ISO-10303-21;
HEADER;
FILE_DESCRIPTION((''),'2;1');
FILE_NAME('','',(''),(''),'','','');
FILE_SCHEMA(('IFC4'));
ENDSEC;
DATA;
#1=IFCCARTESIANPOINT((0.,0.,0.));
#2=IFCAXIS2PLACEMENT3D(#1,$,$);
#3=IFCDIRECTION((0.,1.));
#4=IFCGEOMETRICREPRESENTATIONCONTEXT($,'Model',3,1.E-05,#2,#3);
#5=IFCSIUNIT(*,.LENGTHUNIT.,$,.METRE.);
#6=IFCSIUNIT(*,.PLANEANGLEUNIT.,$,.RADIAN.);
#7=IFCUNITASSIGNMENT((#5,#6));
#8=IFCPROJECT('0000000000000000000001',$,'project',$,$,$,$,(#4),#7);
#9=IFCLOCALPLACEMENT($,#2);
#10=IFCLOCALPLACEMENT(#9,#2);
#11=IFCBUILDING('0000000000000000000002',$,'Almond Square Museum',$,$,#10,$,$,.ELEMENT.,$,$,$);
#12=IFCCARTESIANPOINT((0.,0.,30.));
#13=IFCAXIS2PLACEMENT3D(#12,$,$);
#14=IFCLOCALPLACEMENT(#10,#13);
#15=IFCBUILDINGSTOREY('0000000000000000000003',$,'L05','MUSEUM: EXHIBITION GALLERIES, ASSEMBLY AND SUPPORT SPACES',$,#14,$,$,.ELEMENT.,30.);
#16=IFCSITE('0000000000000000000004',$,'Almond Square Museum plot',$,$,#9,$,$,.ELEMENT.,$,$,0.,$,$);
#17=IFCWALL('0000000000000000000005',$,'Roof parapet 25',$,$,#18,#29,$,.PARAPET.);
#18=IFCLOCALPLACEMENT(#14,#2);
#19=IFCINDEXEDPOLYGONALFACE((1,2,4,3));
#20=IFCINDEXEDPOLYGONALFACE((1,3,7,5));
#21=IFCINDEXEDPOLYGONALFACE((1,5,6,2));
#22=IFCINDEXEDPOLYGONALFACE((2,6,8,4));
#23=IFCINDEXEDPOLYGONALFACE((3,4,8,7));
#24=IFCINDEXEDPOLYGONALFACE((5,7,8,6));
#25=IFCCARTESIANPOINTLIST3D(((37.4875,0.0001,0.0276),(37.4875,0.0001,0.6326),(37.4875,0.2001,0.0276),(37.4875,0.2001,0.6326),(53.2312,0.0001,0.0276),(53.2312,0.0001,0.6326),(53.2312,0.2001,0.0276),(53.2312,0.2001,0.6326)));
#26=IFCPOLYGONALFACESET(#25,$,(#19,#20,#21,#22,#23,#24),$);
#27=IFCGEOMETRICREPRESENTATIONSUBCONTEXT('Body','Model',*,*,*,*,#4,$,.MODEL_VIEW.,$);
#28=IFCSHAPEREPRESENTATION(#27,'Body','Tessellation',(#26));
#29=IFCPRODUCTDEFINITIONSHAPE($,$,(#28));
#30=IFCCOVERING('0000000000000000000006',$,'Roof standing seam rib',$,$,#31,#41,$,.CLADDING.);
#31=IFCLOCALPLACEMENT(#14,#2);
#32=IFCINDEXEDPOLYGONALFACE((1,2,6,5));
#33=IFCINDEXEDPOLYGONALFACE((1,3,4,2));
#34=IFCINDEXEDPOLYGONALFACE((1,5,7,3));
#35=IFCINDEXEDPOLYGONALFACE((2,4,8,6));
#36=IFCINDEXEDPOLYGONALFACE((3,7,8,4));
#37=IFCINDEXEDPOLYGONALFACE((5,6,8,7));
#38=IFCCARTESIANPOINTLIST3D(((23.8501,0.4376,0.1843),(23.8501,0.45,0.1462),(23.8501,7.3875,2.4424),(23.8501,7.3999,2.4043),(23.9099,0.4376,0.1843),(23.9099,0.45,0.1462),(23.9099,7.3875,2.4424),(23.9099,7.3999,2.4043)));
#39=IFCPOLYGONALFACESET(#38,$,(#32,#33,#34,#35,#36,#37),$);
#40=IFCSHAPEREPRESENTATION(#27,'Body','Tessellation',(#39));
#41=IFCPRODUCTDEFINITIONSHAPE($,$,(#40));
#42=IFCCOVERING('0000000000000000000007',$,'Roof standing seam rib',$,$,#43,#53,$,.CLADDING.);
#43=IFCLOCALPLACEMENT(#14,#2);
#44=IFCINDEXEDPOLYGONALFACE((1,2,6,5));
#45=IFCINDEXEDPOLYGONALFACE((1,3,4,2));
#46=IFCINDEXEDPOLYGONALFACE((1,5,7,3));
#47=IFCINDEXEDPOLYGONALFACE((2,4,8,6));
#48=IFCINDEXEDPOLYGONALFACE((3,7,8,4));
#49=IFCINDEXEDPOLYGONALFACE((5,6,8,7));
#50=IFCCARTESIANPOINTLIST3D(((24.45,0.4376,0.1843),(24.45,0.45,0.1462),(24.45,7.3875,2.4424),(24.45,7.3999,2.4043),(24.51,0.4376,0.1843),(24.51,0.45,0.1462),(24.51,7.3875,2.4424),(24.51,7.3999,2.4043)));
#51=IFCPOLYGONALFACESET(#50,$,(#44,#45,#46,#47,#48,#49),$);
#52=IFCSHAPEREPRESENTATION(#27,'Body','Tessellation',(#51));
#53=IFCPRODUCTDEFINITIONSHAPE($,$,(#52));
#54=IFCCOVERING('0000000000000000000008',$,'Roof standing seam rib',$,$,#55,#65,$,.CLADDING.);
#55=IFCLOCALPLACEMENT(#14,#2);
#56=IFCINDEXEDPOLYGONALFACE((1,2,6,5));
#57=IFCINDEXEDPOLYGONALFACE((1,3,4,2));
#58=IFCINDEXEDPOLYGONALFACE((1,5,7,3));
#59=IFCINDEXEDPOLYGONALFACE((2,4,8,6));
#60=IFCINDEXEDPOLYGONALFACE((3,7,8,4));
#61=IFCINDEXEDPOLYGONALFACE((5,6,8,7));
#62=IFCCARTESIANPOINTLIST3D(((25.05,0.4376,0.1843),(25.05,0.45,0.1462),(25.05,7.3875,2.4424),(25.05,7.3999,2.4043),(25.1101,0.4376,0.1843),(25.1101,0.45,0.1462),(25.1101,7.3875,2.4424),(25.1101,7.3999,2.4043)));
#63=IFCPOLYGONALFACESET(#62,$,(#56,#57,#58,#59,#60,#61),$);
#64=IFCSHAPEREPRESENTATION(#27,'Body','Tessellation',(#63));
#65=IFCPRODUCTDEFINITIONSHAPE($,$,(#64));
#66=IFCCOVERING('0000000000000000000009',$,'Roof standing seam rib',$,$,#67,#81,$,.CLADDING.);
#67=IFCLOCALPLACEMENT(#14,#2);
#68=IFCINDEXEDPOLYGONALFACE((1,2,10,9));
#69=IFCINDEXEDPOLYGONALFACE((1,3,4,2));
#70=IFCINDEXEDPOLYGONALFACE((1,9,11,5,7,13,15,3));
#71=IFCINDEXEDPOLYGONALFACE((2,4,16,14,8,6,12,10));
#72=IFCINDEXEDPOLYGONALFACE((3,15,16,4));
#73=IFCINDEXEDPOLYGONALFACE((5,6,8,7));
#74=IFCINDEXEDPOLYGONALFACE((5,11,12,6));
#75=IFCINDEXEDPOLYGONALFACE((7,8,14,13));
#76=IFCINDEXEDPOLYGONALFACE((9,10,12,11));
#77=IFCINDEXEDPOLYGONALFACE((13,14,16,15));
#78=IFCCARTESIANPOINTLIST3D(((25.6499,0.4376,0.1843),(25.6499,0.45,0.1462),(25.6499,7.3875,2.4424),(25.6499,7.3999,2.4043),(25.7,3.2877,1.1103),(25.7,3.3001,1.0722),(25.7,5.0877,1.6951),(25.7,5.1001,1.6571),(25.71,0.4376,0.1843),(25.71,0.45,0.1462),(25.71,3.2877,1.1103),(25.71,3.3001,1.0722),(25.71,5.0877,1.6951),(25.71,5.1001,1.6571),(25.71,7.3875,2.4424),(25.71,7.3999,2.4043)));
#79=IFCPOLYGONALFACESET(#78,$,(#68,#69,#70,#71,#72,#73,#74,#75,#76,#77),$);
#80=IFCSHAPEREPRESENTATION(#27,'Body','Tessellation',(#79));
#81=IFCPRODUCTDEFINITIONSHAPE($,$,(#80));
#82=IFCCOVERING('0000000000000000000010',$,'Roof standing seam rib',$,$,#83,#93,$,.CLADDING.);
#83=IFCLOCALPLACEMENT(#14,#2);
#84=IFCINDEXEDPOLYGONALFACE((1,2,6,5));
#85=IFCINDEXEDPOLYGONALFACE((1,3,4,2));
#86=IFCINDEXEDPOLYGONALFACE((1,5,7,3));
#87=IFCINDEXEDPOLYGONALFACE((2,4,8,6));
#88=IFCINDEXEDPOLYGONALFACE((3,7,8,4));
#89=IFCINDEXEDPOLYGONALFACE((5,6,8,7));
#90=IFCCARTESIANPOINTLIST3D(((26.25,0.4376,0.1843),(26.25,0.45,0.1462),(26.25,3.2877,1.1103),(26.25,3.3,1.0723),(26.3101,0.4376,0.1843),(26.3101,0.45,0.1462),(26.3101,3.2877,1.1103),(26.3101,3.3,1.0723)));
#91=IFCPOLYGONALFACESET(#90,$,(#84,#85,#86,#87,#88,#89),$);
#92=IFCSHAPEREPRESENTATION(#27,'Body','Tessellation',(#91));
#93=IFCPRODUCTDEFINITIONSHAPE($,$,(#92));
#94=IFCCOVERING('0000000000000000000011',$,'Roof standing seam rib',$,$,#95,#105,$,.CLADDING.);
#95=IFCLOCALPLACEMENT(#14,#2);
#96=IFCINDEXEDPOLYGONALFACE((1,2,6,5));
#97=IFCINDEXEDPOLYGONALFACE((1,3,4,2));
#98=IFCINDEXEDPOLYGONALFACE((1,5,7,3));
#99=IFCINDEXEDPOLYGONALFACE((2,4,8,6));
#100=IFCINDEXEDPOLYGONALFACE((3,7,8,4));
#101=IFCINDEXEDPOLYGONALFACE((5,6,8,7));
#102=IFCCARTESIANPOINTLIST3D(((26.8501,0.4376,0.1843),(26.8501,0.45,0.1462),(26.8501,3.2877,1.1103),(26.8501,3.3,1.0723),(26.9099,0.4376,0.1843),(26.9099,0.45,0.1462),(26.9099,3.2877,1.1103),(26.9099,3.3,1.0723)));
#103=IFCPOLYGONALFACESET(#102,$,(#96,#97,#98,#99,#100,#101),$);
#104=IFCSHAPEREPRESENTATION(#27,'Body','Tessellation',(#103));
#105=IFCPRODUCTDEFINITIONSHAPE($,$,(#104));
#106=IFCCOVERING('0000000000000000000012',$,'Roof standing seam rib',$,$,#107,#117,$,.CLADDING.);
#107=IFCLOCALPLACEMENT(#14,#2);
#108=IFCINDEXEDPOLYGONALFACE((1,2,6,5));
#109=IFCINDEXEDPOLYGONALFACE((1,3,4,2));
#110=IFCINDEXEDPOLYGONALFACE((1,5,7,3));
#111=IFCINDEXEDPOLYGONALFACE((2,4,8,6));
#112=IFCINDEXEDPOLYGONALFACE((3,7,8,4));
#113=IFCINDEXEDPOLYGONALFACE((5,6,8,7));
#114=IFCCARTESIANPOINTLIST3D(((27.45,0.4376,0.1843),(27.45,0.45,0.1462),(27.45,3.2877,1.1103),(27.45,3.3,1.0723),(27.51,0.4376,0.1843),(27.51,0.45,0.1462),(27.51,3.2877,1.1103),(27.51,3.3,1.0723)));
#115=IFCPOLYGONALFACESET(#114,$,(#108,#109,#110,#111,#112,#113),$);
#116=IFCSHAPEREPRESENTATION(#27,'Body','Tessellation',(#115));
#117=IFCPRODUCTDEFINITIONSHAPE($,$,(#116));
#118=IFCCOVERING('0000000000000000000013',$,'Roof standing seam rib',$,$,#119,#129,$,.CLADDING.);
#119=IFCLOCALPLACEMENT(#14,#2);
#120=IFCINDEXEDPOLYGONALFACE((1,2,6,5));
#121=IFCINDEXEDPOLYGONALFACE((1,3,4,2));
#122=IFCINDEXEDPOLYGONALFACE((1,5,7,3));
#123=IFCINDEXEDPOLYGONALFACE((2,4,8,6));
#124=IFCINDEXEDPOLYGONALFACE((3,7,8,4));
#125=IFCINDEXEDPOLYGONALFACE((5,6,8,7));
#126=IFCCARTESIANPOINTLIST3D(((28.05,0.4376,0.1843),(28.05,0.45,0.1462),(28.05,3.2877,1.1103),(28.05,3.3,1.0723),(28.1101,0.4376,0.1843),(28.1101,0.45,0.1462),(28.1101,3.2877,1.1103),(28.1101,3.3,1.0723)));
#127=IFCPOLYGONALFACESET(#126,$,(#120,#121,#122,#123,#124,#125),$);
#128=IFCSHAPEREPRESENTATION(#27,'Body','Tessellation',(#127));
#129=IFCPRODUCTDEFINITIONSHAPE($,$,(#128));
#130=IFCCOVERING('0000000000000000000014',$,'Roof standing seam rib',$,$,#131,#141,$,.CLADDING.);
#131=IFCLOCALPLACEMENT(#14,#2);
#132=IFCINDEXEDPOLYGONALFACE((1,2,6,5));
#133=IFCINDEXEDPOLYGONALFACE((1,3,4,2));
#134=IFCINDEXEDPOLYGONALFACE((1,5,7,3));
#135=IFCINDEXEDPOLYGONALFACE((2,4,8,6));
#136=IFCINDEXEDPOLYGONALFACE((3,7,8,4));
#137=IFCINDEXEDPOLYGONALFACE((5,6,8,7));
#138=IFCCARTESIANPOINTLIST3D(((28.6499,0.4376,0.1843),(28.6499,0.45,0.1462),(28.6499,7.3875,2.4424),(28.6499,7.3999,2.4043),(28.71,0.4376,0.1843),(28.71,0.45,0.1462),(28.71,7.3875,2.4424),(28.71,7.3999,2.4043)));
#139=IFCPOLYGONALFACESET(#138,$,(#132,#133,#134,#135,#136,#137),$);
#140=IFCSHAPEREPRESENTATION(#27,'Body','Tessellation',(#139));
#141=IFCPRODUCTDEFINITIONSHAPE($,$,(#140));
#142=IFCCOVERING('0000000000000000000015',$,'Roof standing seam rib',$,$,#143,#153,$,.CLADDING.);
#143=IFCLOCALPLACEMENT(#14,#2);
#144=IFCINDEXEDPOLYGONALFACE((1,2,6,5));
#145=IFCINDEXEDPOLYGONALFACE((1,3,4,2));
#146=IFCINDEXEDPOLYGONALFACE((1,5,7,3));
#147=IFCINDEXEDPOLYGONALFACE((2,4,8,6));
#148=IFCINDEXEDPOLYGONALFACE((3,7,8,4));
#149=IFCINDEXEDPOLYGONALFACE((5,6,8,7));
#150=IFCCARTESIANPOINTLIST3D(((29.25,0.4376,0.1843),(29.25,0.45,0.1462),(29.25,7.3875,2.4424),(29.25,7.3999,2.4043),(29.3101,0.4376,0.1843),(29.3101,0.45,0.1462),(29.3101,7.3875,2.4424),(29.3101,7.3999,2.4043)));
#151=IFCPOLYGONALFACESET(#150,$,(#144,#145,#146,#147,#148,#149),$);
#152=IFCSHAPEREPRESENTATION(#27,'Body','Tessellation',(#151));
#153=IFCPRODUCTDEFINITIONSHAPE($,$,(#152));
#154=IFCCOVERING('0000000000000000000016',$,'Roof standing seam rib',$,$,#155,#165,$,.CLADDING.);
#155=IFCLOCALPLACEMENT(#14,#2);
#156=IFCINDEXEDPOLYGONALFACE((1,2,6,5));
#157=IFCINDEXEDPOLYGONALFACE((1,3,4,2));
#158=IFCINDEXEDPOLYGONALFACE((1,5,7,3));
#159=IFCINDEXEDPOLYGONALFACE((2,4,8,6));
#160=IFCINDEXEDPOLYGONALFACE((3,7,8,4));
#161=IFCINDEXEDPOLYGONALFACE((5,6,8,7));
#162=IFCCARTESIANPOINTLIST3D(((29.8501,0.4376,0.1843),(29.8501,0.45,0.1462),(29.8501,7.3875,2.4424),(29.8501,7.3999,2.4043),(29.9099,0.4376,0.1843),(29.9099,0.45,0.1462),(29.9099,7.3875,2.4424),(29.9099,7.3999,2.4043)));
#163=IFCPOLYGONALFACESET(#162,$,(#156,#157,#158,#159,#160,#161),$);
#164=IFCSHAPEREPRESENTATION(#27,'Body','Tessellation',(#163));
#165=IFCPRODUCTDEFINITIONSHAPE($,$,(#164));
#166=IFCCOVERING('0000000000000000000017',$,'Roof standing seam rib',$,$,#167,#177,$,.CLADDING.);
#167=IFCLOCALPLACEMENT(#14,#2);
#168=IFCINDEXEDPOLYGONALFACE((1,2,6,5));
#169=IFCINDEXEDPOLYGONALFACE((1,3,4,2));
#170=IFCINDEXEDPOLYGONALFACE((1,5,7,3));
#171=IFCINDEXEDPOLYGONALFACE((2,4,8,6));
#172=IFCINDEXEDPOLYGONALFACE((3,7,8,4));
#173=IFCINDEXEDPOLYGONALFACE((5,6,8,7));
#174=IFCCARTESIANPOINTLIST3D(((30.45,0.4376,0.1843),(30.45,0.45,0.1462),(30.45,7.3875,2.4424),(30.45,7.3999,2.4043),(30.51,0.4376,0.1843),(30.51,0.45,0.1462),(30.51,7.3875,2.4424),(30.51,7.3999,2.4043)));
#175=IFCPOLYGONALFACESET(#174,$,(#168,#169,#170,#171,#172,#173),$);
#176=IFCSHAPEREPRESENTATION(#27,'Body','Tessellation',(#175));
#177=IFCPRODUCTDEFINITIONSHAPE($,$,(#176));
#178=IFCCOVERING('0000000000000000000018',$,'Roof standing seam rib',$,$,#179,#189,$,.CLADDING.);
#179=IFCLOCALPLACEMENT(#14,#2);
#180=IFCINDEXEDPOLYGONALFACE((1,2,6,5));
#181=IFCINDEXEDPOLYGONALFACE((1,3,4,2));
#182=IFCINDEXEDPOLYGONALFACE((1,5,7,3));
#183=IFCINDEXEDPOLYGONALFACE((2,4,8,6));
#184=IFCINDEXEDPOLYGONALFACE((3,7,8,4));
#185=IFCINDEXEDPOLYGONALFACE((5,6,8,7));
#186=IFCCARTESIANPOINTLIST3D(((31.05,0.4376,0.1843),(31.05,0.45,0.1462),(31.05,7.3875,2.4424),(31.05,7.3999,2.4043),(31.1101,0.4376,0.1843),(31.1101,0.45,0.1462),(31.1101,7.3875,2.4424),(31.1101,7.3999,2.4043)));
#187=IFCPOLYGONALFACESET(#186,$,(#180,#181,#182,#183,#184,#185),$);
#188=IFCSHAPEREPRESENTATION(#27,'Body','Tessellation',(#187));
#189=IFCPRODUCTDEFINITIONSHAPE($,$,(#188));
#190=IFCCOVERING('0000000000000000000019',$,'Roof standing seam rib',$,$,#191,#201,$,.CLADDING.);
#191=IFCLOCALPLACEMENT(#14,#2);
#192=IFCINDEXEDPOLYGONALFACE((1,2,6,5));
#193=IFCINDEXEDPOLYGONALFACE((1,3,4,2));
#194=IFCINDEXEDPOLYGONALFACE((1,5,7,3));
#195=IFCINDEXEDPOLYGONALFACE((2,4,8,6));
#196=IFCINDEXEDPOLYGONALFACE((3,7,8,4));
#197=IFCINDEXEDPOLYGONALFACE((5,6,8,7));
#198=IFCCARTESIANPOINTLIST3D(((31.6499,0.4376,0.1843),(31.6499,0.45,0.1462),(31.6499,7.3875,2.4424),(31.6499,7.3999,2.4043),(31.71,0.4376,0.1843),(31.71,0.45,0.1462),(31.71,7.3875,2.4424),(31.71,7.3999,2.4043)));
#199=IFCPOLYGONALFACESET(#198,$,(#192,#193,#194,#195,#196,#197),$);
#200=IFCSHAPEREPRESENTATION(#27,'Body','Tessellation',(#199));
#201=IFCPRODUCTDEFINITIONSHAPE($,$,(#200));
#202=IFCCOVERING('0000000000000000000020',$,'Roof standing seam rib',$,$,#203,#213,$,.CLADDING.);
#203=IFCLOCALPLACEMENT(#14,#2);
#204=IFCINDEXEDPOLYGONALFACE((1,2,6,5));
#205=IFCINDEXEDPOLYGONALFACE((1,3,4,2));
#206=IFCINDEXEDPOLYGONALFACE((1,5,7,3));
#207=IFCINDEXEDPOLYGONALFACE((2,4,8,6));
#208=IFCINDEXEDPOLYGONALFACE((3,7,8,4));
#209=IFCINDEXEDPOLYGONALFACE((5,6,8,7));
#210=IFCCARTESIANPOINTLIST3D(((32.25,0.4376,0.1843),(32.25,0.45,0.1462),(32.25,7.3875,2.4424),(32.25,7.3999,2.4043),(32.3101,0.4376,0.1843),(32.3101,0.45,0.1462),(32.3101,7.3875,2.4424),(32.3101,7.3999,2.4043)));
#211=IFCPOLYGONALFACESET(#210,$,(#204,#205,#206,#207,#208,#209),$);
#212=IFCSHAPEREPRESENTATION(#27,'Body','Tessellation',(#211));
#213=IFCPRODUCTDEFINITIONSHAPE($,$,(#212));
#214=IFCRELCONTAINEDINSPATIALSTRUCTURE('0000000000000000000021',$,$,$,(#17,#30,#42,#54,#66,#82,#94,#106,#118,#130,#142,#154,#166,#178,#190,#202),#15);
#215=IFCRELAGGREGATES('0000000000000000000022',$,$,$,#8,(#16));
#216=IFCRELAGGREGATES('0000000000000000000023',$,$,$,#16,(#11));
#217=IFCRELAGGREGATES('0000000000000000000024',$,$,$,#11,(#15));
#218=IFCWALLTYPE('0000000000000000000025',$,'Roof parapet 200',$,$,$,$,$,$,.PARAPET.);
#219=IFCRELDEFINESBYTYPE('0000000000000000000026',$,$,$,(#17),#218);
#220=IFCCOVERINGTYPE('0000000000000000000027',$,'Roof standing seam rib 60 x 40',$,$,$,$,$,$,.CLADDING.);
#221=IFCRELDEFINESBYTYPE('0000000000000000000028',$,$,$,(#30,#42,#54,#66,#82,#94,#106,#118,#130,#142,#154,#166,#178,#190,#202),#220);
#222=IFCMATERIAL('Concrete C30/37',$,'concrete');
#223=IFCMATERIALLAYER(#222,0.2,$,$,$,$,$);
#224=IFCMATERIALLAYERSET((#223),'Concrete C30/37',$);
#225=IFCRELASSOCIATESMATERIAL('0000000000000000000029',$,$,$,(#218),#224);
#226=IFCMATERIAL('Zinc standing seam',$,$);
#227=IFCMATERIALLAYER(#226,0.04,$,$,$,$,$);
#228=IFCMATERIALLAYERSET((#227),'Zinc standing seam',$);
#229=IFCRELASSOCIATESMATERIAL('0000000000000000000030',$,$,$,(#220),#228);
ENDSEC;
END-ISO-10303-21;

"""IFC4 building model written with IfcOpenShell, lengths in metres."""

from ifc_helpers import new_model, si_unit, direction, frame, frame_2d, origin, place, context, subcontext, project, spatial, polyline, rectangle, outline, extrude, material, layer, layer_set, type_object, element, save


model = new_model("IFC4")

# Units and contexts
model_context = context("Model", 3, precision=1e-05, world=origin(), true_north=direction((0.0, 1.0)))
body_context = subcontext(model_context, "Body", "Model", "MODEL_VIEW")
ifc_project = project(units=[si_unit("LENGTHUNIT", "METRE"), si_unit("PLANEANGLEUNIT", "RADIAN")], contexts=[model_context])

# Site, building, storey
site_placement = place(None, origin())
site = spatial("IfcSite", under=ifc_project, at=site_placement, Name="Almond Square Museum plot", CompositionType="ELEMENT", RefElevation=0.0)
building_placement = place(site_placement, origin())
building = spatial("IfcBuilding", under=site, at=building_placement, Name="Almond Square Museum", CompositionType="ELEMENT")
storey_placement = place(building_placement, frame((0.0, 0.0, 30.0)))
storey = spatial("IfcBuildingStorey", under=building, at=storey_placement, Name="L05", Description="MUSEUM: EXHIBITION GALLERIES, ASSEMBLY AND SUPPORT SPACES", CompositionType="ELEMENT", Elevation=30.0)

# Wall
ifc_material_1 = material(Name="Concrete C30/37", Category="concrete")
ifc_layer_1 = layer(ifc_material_1, 0.2)
ifc_layer_set_1 = layer_set([ifc_layer_1], Name="Concrete C30/37")
wall_type = type_object("IfcWallType", Name="Roof parapet 200", PredefinedType="PARAPET", material=ifc_layer_set_1)
wall_placement = place(storey_placement, frame((37.4875, 0.1001, 0.0276), z_axis=(0.0, 0.0, 1.0), x_axis=(1.0, 0.0, 0.0)))
element("IfcWall", 1, at=wall_placement, inside=storey, type_object=wall_type, Name="Roof parapet 25", PredefinedType="PARAPET", context=body_context, shape_type="SweptSolid", body=[
    extrude(rectangle(XDim=15.7437, YDim=0.2, at=frame_2d((7.8718, 0.0))), origin(), (0.0, 0.0, 1.0), 0.605),
])

# Coverings
ifc_material_2 = material(Name="Zinc standing seam")
ifc_layer_2 = layer(ifc_material_2, 0.04)
ifc_layer_set_2 = layer_set([ifc_layer_2], Name="Zinc standing seam")
covering_type = type_object("IfcCoveringType", Name="Roof standing seam rib 60 x 40", PredefinedType="CLADDING", material=ifc_layer_set_2)
covering_1_placement = place(storey_placement, frame((23.8501, 0.45, 0.1462), z_axis=(0.0, -0.309002, 0.951061), x_axis=(1.0, 0.0, 0.0)))
element("IfcCovering", 2, at=covering_1_placement, inside=storey, type_object=covering_type, Name="Roof standing seam rib", PredefinedType="CLADDING", context=body_context, shape_type="SweptSolid", body=[
    extrude(outline(polyline([(0.0, 0.0), (0.0598, 0.0), (0.0598, 7.3076), (0.0, 7.3076), (0.0, 0.0)])), origin(), (0.0, 0.0, 1.0), 0.04),
])
for number, where, z_axis, x_axis, name in (
    (3, (24.45, 0.45, 0.1462), (0.0, -0.309002, 0.951061), (1.0, 0.0, 0.0), "Roof standing seam rib"),
    (4, (25.05, 0.45, 0.1462), (0.0, -0.309002, 0.951061), (1.0, 0.0, 0.0), "Roof standing seam rib"),
):
    element("IfcCovering", number, at=place(storey_placement, frame(where, z_axis=z_axis, x_axis=x_axis)), inside=storey, type_object=covering_type, Name=name, PredefinedType="CLADDING", context=body_context, shape_type="SweptSolid", body=[
        extrude(outline(polyline([(0.0, 0.0), (0.0601, 0.0), (0.0601, 7.3076), (0.0, 7.3076), (0.0, 0.0)])), origin(), (0.0, 0.0, 1.0), 0.04),
    ])
covering_2_placement = place(storey_placement, frame((25.6499, 0.45, 0.1462), z_axis=(0.00038, -0.309005, 0.95106), x_axis=(1.0, 0.000117, -0.000361)))
element("IfcCovering", 5, at=covering_2_placement, inside=storey, type_object=covering_type, Name="Roof standing seam rib", PredefinedType="CLADDING", context=body_context, shape_type="SweptSolid", body=[
    extrude(outline(polyline([(0.0, 0.0), (0.0601, 0.0), (0.0601, 2.9968), (0.05, 2.9968), (0.05, 4.8894), (0.0601, 4.8894), (0.0601, 7.3076), (0.0, 7.3076), (0.0, 0.0)])), origin(), (0.0, 0.0, 1.0), 0.04),
])
covering_3_placement = place(storey_placement, frame((26.25, 0.45, 0.1462), z_axis=(0.0, -0.309009, 0.951059), x_axis=(1.0, 0.0, 0.0)))
element("IfcCovering", 6, at=covering_3_placement, inside=storey, type_object=covering_type, Name="Roof standing seam rib", PredefinedType="CLADDING", context=body_context, shape_type="SweptSolid", body=[
    extrude(outline(polyline([(0.0, 0.0), (0.0601, 0.0), (0.0601, 2.9968), (0.0, 2.9968), (0.0, 0.0)])), origin(), (0.0, 0.0, 1.0), 0.04),
])
covering_4_placement = place(storey_placement, frame((26.8501, 0.45, 0.1462), z_axis=(0.0, -0.309009, 0.951059), x_axis=(1.0, 0.0, 0.0)))
element("IfcCovering", 7, at=covering_4_placement, inside=storey, type_object=covering_type, Name="Roof standing seam rib", PredefinedType="CLADDING", context=body_context, shape_type="SweptSolid", body=[
    extrude(outline(polyline([(0.0, 0.0), (0.0598, 0.0), (0.0598, 2.9968), (0.0, 2.9968), (0.0, 0.0)])), origin(), (0.0, 0.0, 1.0), 0.04),
])
for number, where, z_axis, x_axis, name in (
    (8, (27.45, 0.45, 0.1462), (0.0, -0.309009, 0.951059), (1.0, 0.0, 0.0), "Roof standing seam rib"),
    (9, (28.05, 0.45, 0.1462), (0.0, -0.309009, 0.951059), (1.0, 0.0, 0.0), "Roof standing seam rib"),
):
    element("IfcCovering", number, at=place(storey_placement, frame(where, z_axis=z_axis, x_axis=x_axis)), inside=storey, type_object=covering_type, Name=name, PredefinedType="CLADDING", context=body_context, shape_type="SweptSolid", body=[
        extrude(outline(polyline([(0.0, 0.0), (0.0601, 0.0), (0.0601, 2.9968), (0.0, 2.9968), (0.0, 0.0)])), origin(), (0.0, 0.0, 1.0), 0.04),
    ])
for number, where, z_axis, x_axis, name in (
    (10, (28.6499, 0.45, 0.1462), (0.0, -0.309002, 0.951061), (1.0, 0.0, 0.0), "Roof standing seam rib"),
    (11, (29.25, 0.45, 0.1462), (0.0, -0.309002, 0.951061), (1.0, 0.0, 0.0), "Roof standing seam rib"),
):
    element("IfcCovering", number, at=place(storey_placement, frame(where, z_axis=z_axis, x_axis=x_axis)), inside=storey, type_object=covering_type, Name=name, PredefinedType="CLADDING", context=body_context, shape_type="SweptSolid", body=[
        extrude(outline(polyline([(0.0, 0.0), (0.0601, 0.0), (0.0601, 7.3076), (0.0, 7.3076), (0.0, 0.0)])), origin(), (0.0, 0.0, 1.0), 0.04),
    ])
covering_5_placement = place(storey_placement, frame((29.8501, 0.45, 0.1462), z_axis=(0.0, -0.309002, 0.951061), x_axis=(1.0, 0.0, 0.0)))
element("IfcCovering", 12, at=covering_5_placement, inside=storey, type_object=covering_type, Name="Roof standing seam rib", PredefinedType="CLADDING", context=body_context, shape_type="SweptSolid", body=[
    extrude(outline(polyline([(0.0, 0.0), (0.0598, 0.0), (0.0598, 7.3076), (0.0, 7.3076), (0.0, 0.0)])), origin(), (0.0, 0.0, 1.0), 0.04),
])
for number, where, z_axis, x_axis, name in (
    (13, (30.45, 0.45, 0.1462), (0.0, -0.309002, 0.951061), (1.0, 0.0, 0.0), "Roof standing seam rib"),
    (14, (31.05, 0.45, 0.1462), (0.0, -0.309002, 0.951061), (1.0, 0.0, 0.0), "Roof standing seam rib"),
    (15, (31.6499, 0.45, 0.1462), (0.0, -0.309002, 0.951061), (1.0, 0.0, 0.0), "Roof standing seam rib"),
    (16, (32.25, 0.45, 0.1462), (0.0, -0.309002, 0.951061), (1.0, 0.0, 0.0), "Roof standing seam rib"),
):
    element("IfcCovering", number, at=place(storey_placement, frame(where, z_axis=z_axis, x_axis=x_axis)), inside=storey, type_object=covering_type, Name=name, PredefinedType="CLADDING", context=body_context, shape_type="SweptSolid", body=[
        extrude(outline(polyline([(0.0, 0.0), (0.0601, 0.0), (0.0601, 7.3076), (0.0, 7.3076), (0.0, 0.0)])), origin(), (0.0, 0.0, 1.0), 0.04),
    ])

save(model, "model.ifc")
